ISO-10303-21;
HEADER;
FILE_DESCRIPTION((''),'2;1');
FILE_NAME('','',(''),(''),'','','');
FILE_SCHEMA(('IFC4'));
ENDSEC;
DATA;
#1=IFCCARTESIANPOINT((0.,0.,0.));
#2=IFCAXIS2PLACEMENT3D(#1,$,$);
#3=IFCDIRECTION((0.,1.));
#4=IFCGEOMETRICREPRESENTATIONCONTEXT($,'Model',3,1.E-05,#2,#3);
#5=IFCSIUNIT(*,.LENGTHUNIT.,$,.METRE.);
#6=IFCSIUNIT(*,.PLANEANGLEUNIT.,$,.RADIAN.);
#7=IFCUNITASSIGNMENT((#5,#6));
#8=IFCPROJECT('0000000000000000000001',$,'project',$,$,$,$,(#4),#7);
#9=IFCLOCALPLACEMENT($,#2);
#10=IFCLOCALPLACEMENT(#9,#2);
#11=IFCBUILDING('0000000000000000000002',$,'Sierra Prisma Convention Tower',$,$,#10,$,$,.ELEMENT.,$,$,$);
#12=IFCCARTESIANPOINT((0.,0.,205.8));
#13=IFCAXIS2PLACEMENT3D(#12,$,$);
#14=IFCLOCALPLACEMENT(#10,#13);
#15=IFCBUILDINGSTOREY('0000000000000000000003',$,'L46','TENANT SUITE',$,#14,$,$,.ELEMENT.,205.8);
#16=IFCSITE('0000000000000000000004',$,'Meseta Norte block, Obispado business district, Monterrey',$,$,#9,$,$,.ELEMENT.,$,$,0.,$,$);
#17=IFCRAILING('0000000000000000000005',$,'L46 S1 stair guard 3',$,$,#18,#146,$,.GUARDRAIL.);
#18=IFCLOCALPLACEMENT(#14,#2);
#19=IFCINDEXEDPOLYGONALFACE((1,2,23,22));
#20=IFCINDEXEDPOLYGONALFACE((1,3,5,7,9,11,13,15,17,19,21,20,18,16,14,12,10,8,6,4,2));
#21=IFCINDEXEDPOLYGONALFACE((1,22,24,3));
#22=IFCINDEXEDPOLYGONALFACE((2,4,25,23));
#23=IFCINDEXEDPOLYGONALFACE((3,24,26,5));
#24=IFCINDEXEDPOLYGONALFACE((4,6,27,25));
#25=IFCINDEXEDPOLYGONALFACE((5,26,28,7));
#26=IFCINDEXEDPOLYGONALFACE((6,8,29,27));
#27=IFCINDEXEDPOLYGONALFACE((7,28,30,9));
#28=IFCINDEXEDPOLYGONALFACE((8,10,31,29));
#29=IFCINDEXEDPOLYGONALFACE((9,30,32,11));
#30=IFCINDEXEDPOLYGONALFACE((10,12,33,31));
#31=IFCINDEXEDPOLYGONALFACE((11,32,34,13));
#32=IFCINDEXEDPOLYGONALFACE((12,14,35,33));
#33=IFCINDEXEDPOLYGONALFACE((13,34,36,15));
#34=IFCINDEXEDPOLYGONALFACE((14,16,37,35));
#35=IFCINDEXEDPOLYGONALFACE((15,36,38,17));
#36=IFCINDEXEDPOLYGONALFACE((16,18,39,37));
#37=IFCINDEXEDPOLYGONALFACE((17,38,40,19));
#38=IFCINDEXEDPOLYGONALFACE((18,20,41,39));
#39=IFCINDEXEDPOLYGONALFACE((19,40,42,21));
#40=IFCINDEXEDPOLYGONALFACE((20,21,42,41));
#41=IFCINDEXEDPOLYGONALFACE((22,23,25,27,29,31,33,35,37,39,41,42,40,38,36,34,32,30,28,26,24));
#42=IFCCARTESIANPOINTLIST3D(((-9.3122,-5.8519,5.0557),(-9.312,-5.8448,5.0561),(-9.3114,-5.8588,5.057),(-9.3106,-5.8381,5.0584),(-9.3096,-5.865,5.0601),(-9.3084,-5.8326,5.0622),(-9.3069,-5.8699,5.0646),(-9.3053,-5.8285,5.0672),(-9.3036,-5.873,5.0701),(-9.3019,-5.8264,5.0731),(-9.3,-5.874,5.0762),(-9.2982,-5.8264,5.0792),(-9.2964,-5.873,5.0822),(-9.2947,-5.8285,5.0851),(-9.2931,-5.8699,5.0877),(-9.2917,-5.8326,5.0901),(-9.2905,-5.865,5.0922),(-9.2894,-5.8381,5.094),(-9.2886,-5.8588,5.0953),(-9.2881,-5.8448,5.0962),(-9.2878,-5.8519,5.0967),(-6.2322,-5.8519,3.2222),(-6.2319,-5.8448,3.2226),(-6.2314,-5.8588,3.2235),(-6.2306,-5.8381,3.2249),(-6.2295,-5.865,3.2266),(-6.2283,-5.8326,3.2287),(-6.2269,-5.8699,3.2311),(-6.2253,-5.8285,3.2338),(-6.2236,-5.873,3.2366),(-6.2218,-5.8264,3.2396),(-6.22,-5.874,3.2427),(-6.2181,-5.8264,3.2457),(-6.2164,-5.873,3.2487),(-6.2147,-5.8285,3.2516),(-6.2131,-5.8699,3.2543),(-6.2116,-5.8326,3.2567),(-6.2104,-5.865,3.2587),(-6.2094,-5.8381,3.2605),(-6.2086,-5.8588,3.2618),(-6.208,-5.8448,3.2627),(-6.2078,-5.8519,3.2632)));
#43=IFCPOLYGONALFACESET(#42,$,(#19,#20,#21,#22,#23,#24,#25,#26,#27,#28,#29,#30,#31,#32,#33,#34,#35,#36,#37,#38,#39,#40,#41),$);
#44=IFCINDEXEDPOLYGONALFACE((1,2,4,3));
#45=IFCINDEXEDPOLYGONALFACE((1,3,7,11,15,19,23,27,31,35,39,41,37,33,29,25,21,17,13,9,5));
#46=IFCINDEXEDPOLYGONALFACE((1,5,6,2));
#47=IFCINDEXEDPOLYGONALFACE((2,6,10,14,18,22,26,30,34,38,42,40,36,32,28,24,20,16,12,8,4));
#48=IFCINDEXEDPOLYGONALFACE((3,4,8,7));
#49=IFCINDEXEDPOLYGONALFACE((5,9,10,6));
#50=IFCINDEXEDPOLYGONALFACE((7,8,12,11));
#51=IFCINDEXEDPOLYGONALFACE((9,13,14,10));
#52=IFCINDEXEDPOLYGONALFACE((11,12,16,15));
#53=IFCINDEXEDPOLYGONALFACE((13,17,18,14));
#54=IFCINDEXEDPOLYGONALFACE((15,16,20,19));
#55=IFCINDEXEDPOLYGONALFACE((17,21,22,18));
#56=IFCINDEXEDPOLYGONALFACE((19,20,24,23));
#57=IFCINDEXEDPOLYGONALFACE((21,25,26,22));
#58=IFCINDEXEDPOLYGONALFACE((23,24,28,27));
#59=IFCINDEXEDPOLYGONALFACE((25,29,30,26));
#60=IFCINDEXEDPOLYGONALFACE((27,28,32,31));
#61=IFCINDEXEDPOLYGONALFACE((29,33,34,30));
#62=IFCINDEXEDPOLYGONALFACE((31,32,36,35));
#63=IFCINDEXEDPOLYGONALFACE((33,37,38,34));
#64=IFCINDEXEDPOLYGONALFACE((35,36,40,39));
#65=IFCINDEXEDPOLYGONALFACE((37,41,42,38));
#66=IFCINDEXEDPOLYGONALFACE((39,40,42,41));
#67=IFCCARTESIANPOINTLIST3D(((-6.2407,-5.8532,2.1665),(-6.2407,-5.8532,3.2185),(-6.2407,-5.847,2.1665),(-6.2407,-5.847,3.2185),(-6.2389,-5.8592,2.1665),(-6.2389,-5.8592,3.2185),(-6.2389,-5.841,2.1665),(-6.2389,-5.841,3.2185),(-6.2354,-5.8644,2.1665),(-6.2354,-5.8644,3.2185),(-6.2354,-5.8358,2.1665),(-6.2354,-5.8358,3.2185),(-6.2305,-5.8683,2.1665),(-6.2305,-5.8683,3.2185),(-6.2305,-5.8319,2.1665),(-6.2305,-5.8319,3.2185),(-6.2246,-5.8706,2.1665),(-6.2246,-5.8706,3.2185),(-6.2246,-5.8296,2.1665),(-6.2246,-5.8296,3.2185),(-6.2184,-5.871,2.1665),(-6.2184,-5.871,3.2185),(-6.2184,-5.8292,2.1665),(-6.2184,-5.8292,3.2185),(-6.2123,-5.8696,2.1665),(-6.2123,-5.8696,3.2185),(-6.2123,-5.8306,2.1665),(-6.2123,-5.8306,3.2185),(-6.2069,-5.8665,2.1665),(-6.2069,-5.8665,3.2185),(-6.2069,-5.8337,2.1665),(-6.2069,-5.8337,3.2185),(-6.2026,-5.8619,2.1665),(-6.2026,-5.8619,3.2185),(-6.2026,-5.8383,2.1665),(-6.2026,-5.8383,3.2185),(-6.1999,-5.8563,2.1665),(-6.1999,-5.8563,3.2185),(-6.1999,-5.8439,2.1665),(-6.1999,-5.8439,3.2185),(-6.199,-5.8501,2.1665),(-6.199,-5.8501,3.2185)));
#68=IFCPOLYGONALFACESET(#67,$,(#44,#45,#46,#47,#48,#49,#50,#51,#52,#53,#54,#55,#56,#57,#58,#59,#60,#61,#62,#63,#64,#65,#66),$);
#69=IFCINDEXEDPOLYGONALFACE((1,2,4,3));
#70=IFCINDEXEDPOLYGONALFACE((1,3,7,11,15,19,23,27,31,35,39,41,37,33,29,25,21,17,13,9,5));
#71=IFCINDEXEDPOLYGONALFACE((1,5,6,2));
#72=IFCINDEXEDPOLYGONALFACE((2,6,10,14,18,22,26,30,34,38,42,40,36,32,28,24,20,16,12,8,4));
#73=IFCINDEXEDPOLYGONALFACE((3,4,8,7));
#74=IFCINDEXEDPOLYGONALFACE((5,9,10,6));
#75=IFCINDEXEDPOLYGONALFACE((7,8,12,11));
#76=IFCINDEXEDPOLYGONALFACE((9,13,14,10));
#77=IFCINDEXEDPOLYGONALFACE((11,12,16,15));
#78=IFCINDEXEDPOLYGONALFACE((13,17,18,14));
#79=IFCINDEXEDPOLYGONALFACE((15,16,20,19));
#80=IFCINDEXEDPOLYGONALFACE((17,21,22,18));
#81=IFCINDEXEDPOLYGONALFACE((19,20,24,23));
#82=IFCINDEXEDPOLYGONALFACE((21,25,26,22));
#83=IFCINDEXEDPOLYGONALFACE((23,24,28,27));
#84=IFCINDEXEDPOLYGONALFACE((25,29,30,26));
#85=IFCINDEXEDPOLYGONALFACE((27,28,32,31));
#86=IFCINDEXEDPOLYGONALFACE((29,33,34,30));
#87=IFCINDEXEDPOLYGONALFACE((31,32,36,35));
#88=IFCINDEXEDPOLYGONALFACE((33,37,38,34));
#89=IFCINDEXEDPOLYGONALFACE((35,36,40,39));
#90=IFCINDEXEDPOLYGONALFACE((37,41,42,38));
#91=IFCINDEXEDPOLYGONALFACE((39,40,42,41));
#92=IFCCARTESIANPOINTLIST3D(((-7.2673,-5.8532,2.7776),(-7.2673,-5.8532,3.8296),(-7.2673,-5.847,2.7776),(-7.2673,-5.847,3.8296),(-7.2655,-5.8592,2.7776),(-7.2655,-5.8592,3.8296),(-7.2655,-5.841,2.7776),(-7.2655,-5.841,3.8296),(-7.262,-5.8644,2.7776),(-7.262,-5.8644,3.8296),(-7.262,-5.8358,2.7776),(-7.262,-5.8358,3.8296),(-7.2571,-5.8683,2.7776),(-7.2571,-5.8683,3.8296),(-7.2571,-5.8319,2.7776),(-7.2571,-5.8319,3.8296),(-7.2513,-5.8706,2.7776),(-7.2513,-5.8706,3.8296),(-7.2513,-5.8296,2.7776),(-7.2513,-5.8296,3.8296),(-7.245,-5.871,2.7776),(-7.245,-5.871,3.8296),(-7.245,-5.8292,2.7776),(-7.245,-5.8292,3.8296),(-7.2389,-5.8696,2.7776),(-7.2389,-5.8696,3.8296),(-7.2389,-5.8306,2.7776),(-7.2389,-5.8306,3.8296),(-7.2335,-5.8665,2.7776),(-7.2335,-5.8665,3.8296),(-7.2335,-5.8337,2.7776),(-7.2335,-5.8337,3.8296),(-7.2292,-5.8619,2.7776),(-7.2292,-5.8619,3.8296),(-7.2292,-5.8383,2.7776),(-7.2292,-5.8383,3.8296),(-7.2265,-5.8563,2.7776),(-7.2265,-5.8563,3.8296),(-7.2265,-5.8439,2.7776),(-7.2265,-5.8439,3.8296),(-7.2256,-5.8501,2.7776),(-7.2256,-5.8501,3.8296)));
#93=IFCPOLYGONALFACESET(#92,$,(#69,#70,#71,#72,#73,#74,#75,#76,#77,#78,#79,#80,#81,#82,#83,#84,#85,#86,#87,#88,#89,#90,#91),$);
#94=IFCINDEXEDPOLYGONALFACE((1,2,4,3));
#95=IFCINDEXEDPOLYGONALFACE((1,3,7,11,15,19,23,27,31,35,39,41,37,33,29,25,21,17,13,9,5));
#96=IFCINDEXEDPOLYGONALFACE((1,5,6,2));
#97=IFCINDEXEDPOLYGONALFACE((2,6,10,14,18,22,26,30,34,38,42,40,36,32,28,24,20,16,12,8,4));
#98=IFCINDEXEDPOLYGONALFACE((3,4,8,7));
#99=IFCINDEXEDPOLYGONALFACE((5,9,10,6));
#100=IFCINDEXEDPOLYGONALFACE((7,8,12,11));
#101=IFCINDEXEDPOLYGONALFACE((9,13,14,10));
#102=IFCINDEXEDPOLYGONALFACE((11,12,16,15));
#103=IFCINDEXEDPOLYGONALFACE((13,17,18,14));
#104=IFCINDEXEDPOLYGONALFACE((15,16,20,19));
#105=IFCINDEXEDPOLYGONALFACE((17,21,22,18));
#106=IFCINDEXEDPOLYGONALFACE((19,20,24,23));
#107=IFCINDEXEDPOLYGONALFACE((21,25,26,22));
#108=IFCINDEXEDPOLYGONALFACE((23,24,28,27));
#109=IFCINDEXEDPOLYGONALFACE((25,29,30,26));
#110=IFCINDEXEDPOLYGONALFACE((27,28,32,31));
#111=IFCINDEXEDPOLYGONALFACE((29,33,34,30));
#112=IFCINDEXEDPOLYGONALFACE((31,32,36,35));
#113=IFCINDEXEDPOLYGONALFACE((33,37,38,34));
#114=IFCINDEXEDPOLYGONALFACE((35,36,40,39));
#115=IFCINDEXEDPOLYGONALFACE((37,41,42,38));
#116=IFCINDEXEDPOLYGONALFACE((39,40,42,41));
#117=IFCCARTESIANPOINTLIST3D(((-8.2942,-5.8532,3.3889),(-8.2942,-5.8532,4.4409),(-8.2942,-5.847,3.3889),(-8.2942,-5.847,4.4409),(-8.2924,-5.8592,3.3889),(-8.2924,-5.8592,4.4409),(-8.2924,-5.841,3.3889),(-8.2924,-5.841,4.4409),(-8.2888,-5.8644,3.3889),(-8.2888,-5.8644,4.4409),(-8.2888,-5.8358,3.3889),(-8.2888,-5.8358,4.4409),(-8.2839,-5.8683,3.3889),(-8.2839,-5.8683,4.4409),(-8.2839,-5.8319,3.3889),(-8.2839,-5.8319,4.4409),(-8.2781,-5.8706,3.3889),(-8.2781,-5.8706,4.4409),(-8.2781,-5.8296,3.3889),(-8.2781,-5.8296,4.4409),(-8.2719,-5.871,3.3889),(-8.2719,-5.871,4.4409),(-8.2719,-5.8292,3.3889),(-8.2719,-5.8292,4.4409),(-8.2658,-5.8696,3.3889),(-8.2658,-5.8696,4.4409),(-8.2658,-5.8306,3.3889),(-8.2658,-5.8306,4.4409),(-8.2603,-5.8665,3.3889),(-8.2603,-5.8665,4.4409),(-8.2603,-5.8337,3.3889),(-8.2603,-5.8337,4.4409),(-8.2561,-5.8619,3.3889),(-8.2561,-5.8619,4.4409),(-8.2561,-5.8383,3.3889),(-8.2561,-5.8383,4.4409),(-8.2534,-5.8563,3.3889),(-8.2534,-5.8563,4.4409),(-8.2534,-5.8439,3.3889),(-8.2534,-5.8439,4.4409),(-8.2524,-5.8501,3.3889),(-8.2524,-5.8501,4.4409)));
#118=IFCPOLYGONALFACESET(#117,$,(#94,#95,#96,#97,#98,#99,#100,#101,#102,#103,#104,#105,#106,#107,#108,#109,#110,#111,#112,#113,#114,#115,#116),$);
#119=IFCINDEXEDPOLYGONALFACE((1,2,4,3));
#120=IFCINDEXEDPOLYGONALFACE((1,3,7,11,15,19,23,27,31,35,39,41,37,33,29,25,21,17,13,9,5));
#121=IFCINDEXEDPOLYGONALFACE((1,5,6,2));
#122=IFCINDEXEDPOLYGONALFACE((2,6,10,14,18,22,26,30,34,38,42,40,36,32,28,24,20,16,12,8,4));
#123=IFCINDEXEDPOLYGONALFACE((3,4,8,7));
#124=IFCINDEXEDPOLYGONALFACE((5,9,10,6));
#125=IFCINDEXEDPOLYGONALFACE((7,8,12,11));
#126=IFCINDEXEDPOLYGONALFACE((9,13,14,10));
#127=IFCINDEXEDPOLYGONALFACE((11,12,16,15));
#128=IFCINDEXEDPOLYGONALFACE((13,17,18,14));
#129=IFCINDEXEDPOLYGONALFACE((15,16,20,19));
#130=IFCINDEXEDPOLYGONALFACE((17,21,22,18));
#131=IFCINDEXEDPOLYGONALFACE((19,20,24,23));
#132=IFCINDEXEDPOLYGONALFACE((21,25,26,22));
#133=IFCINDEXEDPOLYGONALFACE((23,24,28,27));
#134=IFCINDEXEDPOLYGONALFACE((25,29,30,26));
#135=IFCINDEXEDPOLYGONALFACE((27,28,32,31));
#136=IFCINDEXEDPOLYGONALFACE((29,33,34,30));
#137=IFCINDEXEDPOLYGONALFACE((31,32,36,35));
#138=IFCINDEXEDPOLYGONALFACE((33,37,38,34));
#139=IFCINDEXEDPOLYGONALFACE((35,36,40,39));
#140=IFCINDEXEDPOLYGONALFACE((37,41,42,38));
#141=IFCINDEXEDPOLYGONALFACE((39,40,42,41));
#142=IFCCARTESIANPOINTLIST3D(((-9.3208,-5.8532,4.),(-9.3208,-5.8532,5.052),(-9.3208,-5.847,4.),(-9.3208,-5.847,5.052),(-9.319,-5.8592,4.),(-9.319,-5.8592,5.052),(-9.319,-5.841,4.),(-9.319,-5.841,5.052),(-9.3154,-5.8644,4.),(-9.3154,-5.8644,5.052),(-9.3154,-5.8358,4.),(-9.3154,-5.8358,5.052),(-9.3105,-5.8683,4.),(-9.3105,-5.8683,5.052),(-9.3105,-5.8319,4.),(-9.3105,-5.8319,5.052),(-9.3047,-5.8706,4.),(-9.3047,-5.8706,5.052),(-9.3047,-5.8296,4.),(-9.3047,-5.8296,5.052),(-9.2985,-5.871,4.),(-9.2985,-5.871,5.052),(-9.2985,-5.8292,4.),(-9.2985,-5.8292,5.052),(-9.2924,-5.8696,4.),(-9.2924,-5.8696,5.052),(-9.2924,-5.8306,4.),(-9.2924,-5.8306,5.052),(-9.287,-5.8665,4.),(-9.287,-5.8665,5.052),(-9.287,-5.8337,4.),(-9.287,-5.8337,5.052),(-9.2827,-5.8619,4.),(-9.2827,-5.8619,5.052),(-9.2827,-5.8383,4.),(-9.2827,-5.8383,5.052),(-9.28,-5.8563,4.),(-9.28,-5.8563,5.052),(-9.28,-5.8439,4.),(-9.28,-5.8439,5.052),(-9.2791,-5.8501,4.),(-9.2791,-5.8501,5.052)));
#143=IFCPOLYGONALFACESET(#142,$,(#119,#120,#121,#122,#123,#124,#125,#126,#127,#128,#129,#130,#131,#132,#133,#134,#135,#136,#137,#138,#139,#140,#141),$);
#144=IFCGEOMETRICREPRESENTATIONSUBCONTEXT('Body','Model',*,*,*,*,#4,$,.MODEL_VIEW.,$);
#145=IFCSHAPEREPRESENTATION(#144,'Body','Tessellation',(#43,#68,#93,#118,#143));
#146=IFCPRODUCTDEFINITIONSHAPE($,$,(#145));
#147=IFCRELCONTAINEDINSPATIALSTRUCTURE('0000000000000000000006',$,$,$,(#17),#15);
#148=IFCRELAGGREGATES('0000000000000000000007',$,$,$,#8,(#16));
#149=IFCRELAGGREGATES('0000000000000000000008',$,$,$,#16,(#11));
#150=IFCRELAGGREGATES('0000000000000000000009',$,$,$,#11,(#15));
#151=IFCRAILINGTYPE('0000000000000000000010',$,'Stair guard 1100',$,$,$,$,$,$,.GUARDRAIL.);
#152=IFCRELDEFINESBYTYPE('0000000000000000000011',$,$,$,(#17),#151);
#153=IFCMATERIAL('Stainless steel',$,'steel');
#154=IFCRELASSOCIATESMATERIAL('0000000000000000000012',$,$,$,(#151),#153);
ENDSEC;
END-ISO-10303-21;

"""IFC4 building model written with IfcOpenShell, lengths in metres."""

from ifc_helpers import new_model, si_unit, direction, frame, origin, origin_2d, place, context, subcontext, project, spatial, circle, extrude, material, type_object, element, save


model = new_model("IFC4")

# Units and contexts
model_context = context("Model", 3, precision=1e-05, world=origin(), true_north=direction((0.0, 1.0)))
body_context = subcontext(model_context, "Body", "Model", "MODEL_VIEW")
ifc_project = project(units=[si_unit("LENGTHUNIT", "METRE"), si_unit("PLANEANGLEUNIT", "RADIAN")], contexts=[model_context])

# Site, building, storey
site_placement = place(None, origin())
site = spatial("IfcSite", under=ifc_project, at=site_placement, Name="Meseta Norte block, Obispado business district, Monterrey", CompositionType="ELEMENT", RefElevation=0.0)
building_placement = place(site_placement, origin())
building = spatial("IfcBuilding", under=site, at=building_placement, Name="Sierra Prisma Convention Tower", CompositionType="ELEMENT")
storey_placement = place(building_placement, frame((0.0, 0.0, 205.8)))
storey = spatial("IfcBuildingStorey", under=building, at=storey_placement, Name="L46", Description="TENANT SUITE", CompositionType="ELEMENT", Elevation=205.8)

# Railing
ifc_material_1 = material(Name="Stainless steel", Category="steel")
railing_type_1 = type_object("IfcRailingType", Name="Stair guard 1100", PredefinedType="GUARDRAIL", material=ifc_material_1)
railing_1_placement = place(storey_placement, frame((-6.22, -5.8501, 2.1665)))
element("IfcRailing", 1, at=railing_1_placement, inside=storey, type_object=railing_type_1, Name="L46 S1 stair guard 3", PredefinedType="GUARDRAIL", context=body_context, shape_type="SweptSolid", body=[
    extrude(circle(Radius=0.0239, at=origin_2d()), frame((0.0, 0.0, 1.0762), z_axis=(-0.859279, 0.0, 0.511508), x_axis=(0.0, -1.0, 0.0)), (0.0, 0.0, 1.0), 3.5845),
    extrude(circle(Radius=0.021, at=origin_2d()), origin(), (0.0, 0.0, 1.0), 1.052),
    extrude(circle(Radius=0.021, at=origin_2d()), frame((-1.0266, 0.0, 0.6111)), (0.0, 0.0, 1.0), 1.052),
    extrude(circle(Radius=0.021, at=origin_2d()), frame((-2.0535, 0.0, 1.2224)), (0.0, 0.0, 1.0), 1.052),
    extrude(circle(Radius=0.021, at=origin_2d()), frame((-3.0801, 0.0, 1.8335)), (0.0, 0.0, 1.0), 1.052),
])

save(model, "model.ifc")
